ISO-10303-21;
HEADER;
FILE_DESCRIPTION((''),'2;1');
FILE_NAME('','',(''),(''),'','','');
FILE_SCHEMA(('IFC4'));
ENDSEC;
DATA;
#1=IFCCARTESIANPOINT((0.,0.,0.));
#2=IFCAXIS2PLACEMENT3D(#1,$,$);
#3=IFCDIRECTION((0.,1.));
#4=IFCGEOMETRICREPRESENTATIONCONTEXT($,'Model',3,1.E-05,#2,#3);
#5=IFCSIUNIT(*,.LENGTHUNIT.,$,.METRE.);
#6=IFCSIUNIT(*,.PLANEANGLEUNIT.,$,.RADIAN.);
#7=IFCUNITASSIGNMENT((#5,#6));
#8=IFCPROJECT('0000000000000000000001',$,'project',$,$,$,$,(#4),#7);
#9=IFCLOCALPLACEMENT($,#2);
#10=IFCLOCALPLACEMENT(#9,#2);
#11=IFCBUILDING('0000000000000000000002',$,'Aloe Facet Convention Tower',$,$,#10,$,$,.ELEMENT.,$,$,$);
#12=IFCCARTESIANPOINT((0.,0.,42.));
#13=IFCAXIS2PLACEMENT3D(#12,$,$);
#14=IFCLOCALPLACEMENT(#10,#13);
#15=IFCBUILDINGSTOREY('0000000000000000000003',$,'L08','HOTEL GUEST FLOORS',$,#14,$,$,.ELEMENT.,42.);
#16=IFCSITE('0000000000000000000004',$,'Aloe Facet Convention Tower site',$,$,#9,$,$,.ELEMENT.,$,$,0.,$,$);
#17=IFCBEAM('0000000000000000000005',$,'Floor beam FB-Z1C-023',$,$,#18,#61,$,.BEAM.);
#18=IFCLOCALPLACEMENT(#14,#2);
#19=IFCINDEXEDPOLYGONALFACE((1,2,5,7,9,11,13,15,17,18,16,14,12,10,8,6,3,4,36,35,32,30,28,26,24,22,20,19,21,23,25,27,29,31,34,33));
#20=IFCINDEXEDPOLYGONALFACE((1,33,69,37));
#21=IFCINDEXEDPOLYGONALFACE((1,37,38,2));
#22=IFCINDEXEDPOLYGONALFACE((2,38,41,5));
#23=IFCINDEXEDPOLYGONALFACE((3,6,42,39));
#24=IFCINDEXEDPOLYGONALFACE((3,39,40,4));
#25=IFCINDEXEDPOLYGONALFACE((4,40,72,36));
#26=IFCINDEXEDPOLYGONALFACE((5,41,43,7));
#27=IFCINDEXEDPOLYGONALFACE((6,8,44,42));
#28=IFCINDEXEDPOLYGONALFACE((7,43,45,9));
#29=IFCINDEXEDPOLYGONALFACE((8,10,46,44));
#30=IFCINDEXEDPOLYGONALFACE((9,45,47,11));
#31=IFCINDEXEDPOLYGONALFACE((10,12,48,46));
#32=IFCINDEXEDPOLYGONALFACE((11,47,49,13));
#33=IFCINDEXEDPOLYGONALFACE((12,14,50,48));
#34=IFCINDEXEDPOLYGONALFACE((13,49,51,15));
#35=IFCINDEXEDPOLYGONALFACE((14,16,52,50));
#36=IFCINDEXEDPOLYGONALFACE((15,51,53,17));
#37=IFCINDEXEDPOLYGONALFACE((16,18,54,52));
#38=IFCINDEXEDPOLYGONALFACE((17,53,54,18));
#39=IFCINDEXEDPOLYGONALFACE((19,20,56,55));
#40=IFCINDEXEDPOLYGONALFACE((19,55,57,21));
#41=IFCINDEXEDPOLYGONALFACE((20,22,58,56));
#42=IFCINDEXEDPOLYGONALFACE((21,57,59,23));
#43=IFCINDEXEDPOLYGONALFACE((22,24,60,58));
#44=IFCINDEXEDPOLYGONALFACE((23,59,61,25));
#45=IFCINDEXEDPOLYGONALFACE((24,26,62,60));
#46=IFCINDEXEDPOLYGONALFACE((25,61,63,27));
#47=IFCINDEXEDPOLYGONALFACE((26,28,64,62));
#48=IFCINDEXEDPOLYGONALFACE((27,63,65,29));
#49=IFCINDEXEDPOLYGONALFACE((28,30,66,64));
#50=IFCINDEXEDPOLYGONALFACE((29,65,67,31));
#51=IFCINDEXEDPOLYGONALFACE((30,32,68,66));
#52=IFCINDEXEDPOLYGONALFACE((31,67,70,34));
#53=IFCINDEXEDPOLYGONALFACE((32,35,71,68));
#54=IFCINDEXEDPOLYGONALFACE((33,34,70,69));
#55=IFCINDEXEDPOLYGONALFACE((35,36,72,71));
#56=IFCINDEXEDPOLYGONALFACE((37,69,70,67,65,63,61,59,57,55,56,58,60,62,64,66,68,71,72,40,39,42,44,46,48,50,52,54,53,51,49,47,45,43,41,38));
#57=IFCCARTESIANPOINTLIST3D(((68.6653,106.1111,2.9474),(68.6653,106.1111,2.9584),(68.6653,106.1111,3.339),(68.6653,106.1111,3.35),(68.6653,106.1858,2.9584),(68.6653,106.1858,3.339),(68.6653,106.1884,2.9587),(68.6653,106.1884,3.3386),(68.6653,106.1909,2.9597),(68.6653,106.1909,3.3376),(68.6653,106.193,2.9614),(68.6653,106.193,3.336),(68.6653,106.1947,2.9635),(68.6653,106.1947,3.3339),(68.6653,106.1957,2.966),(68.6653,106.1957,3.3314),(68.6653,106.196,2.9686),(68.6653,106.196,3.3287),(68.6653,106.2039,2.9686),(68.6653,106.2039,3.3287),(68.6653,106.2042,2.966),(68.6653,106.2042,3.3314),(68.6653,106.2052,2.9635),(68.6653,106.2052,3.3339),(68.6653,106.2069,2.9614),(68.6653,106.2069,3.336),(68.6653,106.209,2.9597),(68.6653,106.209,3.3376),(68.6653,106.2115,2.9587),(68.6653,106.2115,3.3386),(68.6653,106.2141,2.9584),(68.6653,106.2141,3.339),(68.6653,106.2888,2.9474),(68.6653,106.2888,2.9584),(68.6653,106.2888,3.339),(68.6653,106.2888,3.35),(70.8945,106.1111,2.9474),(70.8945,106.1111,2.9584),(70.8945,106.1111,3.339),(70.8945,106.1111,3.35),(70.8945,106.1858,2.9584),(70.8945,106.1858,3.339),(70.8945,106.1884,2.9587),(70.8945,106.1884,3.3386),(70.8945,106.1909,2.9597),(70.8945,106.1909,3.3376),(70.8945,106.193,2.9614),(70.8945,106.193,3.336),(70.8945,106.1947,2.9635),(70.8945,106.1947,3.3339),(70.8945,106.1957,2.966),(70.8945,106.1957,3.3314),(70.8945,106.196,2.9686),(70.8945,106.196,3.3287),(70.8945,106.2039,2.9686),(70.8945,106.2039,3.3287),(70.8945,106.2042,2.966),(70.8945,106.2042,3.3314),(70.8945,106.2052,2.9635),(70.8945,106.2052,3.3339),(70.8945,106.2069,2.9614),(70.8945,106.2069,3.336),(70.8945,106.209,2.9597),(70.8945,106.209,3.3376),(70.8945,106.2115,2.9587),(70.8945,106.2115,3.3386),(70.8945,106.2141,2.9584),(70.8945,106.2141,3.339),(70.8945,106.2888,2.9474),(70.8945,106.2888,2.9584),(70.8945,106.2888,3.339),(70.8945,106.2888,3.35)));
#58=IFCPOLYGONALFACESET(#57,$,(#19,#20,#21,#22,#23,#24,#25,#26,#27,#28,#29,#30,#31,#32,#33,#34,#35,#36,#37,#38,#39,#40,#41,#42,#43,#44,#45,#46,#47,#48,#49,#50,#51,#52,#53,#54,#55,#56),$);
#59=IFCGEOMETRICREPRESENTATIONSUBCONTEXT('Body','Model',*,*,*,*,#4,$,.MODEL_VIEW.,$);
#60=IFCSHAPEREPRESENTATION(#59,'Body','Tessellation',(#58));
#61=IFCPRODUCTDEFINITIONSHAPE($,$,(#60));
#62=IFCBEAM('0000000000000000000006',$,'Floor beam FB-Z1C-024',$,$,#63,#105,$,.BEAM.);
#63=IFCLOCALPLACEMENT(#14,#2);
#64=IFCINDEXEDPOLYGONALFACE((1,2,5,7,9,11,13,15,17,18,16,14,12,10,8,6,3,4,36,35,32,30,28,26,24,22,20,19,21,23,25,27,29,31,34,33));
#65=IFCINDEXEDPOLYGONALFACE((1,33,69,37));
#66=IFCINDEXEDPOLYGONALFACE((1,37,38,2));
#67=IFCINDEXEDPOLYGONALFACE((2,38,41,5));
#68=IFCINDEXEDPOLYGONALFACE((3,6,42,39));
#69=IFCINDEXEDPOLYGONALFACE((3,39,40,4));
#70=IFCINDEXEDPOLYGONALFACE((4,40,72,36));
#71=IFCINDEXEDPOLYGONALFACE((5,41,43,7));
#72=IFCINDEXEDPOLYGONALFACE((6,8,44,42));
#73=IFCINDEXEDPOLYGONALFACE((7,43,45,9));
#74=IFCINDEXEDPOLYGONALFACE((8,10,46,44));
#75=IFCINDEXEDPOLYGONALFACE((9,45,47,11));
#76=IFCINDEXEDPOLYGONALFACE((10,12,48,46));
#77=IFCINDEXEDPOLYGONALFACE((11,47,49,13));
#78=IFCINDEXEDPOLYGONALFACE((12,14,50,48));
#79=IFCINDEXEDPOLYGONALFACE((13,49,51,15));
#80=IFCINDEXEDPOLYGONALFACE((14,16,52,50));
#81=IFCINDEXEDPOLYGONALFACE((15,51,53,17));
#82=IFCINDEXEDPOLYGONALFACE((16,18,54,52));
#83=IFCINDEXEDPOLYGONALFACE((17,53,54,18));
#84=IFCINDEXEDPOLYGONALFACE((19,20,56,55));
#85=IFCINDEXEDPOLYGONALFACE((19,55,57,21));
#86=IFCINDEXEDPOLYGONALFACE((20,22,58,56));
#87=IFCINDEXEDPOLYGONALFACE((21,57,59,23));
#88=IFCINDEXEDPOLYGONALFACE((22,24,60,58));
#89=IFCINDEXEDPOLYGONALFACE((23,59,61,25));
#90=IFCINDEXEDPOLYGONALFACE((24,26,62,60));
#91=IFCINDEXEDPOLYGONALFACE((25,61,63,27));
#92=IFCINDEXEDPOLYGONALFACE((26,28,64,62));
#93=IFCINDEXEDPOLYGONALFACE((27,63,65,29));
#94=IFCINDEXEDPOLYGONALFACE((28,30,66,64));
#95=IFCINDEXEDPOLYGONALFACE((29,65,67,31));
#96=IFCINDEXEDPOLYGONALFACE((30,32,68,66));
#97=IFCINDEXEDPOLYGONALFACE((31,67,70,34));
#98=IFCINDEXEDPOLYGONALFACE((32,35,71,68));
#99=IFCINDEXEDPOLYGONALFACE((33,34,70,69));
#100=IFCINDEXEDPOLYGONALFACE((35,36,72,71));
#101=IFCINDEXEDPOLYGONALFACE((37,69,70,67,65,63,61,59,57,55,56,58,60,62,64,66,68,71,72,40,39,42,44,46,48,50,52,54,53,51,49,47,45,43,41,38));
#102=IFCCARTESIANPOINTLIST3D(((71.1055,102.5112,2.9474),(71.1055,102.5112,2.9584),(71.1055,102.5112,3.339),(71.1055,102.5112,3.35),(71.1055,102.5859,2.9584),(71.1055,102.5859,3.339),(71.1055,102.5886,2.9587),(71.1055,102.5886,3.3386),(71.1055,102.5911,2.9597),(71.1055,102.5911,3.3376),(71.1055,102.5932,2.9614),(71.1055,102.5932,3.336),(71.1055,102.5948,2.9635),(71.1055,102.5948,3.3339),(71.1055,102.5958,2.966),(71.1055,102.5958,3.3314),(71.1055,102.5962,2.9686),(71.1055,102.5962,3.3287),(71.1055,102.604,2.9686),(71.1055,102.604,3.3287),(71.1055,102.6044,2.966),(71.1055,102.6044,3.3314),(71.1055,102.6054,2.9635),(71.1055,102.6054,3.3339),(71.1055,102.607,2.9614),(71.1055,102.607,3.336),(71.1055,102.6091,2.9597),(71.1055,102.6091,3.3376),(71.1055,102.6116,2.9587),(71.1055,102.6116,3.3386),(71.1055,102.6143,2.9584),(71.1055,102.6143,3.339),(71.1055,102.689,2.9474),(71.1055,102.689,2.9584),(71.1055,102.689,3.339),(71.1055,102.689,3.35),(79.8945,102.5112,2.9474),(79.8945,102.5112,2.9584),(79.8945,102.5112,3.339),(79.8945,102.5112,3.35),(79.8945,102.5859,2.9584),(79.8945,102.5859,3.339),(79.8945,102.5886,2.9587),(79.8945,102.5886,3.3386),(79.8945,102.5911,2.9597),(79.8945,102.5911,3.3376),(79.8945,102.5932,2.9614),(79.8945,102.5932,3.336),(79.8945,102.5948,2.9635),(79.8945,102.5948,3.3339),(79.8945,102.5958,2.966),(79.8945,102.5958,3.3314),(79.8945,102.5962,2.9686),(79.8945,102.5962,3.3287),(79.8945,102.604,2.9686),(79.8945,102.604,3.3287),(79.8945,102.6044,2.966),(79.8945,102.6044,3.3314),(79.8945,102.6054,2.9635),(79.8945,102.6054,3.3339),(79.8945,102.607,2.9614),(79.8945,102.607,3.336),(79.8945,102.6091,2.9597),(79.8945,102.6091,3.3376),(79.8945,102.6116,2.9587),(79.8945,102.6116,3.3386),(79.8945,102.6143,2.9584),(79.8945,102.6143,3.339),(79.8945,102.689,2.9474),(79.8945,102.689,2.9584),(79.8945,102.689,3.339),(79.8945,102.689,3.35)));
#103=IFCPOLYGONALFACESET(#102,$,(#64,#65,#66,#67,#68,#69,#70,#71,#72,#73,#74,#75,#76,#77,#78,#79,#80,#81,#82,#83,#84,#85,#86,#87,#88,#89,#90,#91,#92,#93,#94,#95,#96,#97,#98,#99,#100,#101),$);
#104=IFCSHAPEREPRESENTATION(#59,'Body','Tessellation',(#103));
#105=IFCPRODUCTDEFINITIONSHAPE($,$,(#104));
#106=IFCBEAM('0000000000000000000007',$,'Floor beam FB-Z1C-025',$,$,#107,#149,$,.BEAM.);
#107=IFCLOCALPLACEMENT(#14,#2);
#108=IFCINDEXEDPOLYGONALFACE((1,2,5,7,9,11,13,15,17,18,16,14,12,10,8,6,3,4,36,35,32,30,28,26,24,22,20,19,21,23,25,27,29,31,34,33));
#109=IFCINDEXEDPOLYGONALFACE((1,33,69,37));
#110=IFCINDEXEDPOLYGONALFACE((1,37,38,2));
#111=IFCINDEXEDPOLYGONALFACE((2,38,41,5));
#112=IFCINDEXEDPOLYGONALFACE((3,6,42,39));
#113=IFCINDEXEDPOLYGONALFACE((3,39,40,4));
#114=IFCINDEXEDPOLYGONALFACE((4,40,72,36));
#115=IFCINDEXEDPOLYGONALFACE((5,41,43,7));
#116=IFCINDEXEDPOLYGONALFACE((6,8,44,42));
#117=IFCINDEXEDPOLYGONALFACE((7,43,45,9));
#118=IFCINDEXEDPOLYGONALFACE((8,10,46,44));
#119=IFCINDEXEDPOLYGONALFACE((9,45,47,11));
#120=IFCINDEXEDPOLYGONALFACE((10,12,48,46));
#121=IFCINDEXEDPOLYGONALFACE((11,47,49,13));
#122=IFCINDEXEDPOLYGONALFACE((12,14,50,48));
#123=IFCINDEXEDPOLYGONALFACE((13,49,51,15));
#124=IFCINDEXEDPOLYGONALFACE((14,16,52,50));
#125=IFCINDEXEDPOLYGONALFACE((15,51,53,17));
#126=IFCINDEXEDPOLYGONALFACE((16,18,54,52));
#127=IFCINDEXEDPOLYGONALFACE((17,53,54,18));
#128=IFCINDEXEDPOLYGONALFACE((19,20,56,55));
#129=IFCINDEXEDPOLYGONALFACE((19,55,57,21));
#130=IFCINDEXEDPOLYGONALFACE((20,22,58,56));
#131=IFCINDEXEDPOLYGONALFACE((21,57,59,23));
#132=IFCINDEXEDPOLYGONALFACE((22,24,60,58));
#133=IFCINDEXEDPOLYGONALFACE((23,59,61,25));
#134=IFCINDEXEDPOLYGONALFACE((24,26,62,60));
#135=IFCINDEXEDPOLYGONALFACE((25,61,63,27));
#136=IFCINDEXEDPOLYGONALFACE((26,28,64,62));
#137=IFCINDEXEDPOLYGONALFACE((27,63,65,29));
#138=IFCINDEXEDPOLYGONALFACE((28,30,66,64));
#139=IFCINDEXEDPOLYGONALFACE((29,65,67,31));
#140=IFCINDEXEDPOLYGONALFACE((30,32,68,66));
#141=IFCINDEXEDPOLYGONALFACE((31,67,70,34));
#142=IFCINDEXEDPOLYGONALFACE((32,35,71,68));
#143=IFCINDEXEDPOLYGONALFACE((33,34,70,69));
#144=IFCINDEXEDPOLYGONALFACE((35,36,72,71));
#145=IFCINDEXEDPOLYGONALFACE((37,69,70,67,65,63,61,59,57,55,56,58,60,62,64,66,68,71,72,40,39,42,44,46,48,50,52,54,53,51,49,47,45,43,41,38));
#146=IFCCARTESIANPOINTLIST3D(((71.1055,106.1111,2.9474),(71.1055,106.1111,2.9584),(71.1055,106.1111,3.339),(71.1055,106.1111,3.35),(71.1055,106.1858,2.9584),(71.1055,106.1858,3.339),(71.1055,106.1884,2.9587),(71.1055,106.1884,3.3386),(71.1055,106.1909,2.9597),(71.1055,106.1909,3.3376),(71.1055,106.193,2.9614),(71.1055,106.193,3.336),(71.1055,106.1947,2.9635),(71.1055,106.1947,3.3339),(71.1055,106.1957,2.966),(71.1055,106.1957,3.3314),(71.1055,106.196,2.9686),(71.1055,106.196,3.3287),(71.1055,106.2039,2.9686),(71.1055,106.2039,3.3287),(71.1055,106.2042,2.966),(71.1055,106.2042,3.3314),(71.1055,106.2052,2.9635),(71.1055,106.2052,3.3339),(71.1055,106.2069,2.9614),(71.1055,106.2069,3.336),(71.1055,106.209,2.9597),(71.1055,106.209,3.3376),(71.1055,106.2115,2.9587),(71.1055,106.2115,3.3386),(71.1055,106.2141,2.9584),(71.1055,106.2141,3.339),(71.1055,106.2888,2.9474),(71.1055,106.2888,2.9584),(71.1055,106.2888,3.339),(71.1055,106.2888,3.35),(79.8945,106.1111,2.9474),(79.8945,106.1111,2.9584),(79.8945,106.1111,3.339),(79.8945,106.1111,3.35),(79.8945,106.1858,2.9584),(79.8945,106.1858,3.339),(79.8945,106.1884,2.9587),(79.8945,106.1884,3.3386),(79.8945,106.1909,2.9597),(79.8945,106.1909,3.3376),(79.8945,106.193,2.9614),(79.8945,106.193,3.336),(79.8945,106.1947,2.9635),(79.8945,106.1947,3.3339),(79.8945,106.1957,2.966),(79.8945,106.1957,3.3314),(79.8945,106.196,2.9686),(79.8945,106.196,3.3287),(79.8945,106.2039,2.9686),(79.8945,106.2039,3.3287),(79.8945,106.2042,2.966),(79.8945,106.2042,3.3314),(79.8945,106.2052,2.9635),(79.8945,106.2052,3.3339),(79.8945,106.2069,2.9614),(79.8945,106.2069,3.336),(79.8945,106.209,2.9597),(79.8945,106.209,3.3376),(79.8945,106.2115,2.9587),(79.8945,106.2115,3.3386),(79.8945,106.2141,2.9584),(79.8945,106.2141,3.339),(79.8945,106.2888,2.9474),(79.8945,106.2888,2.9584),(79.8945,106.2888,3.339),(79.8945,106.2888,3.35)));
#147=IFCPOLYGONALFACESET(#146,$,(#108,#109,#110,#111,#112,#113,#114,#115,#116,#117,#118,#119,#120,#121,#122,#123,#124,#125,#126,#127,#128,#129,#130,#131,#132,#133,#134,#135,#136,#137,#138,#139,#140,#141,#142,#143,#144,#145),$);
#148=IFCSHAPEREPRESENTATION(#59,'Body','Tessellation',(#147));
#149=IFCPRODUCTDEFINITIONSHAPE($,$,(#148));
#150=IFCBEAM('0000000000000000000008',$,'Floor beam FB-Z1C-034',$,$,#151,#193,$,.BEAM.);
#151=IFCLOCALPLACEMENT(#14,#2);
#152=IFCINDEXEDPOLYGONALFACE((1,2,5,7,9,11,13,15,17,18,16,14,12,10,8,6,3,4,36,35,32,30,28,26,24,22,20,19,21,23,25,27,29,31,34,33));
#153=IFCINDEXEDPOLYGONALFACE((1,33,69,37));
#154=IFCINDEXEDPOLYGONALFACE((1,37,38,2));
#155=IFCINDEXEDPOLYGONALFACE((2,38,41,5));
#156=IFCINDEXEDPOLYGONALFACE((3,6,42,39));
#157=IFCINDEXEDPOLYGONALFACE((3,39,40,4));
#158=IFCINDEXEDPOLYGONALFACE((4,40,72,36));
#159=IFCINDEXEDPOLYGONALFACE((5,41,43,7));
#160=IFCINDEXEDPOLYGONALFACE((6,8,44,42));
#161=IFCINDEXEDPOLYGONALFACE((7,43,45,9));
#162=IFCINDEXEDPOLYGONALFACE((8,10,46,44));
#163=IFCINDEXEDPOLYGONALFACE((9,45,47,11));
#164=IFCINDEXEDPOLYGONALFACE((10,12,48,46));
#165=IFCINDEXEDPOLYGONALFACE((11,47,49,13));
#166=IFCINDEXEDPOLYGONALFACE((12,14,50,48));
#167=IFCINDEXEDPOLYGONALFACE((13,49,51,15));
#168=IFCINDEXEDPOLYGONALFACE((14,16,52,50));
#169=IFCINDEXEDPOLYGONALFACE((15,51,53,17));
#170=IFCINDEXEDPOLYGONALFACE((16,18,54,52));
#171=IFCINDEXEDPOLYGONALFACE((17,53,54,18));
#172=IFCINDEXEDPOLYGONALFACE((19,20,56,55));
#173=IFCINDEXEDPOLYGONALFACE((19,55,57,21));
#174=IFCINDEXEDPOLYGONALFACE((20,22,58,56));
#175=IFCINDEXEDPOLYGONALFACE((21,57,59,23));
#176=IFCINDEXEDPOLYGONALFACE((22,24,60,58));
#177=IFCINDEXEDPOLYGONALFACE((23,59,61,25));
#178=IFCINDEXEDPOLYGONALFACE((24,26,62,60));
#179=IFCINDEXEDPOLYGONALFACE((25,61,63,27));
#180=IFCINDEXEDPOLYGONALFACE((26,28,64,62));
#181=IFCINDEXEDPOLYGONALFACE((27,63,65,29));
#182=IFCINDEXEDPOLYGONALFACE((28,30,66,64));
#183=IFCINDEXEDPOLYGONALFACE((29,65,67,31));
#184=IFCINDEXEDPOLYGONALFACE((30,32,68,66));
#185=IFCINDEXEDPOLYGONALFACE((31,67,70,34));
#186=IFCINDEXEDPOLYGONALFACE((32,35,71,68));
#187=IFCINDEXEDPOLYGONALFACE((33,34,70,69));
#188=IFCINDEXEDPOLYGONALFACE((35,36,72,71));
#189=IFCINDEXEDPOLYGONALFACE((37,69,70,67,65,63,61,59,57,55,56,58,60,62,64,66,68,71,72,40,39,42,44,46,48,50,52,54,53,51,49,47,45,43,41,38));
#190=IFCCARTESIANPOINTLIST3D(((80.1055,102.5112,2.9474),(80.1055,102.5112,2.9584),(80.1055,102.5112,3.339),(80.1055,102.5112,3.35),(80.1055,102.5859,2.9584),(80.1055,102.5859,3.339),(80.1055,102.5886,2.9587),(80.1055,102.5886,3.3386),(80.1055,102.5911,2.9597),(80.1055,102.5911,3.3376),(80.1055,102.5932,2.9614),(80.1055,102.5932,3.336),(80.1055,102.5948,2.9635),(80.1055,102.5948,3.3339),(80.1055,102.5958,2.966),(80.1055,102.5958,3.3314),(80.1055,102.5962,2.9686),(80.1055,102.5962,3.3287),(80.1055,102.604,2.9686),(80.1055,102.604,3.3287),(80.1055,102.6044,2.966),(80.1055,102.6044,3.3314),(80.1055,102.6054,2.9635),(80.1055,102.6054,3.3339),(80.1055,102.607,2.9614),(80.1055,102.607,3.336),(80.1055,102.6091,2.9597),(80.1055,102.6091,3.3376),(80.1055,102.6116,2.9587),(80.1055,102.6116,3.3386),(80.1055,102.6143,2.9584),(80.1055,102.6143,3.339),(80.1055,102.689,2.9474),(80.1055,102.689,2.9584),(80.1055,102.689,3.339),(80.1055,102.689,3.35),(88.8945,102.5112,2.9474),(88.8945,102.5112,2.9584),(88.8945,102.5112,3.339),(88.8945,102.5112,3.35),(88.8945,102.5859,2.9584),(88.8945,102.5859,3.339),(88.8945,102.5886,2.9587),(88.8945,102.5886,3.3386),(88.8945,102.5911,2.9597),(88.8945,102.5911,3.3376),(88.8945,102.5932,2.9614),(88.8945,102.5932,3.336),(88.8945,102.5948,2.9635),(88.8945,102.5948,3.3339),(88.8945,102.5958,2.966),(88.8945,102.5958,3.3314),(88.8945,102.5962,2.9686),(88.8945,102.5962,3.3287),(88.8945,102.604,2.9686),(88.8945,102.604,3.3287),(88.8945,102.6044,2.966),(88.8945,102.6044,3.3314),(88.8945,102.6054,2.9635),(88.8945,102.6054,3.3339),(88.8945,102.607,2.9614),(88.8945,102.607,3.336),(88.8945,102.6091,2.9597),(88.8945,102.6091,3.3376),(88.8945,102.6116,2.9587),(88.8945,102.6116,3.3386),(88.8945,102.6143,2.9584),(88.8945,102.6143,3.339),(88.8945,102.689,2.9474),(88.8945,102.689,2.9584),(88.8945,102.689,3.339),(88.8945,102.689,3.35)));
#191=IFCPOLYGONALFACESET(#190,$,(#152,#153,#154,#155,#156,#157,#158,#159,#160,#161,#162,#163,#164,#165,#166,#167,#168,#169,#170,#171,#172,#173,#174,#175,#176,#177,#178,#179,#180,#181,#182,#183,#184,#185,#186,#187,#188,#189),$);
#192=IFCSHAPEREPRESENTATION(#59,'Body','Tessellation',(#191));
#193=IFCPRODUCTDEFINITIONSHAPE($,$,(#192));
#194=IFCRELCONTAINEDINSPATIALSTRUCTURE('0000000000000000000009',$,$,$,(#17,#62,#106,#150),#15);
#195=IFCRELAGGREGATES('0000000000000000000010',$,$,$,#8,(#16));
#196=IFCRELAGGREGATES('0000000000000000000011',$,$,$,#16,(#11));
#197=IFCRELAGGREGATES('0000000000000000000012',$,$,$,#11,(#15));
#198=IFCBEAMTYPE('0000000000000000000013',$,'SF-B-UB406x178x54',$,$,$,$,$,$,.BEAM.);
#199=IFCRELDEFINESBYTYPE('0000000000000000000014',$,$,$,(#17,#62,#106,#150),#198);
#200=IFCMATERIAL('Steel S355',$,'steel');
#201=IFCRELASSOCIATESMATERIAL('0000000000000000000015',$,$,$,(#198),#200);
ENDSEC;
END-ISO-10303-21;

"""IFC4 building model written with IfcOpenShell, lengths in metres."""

from ifc_helpers import new_model, si_unit, direction, frame, origin, origin_2d, place, context, subcontext, project, spatial, i_section, extrude, material, material_profile, profile_set, type_object, element, save


model = new_model("IFC4")

# Units and contexts
model_context = context("Model", 3, precision=1e-05, world=origin(), true_north=direction((0.0, 1.0)))
body_context = subcontext(model_context, "Body", "Model", "MODEL_VIEW")
ifc_project = project(units=[si_unit("LENGTHUNIT", "METRE"), si_unit("PLANEANGLEUNIT", "RADIAN")], contexts=[model_context])

# Site, building, storey
site_placement = place(None, origin())
site = spatial("IfcSite", under=ifc_project, at=site_placement, Name="Aloe Facet Convention Tower site", CompositionType="ELEMENT", RefElevation=0.0)
building_placement = place(site_placement, origin())
building = spatial("IfcBuilding", under=site, at=building_placement, Name="Aloe Facet Convention Tower", CompositionType="ELEMENT")
storey_placement = place(building_placement, frame((0.0, 0.0, 42.0)))
storey = spatial("IfcBuildingStorey", under=building, at=storey_placement, Name="L08", Description="HOTEL GUEST FLOORS", CompositionType="ELEMENT", Elevation=42.0)

# Beams
ifc_material_1 = material(Name="Steel S355", Category="steel")
ifc_material_profile_1 = material_profile(ifc_material_1, i_section(OverallWidth=0.1777, OverallDepth=0.4026, WebThickness=0.0078, FlangeThickness=0.011, FilletRadius=0.0103, at=origin_2d()), Name="UB 406x178x54")
ifc_profile_set_1 = profile_set([ifc_material_profile_1], Name="Steel S355")
beam_type_1 = type_object("IfcBeamType", Name="SF-B-UB406x178x54", PredefinedType="BEAM", material=ifc_profile_set_1)
beam_1_placement = place(storey_placement, frame((68.6653, 106.2, 3.1487), z_axis=(1.0, 0.0, 0.0), x_axis=(0.0, 1.0, 0.0)))
element("IfcBeam", 1, at=beam_1_placement, inside=storey, type_object=beam_type_1, Name="Floor beam FB-Z1C-023", PredefinedType="BEAM", context=body_context, shape_type="SweptSolid", body=[
    extrude(i_section(OverallWidth=0.1777, OverallDepth=0.4026, WebThickness=0.0078, FlangeThickness=0.011, FilletRadius=0.0103, at=origin_2d()), origin(), (0.0, 0.0, 1.0), 2.2292),
])
for number, where, z_axis, x_axis, name in (
    (2, (71.1055, 102.6001, 3.1487), (1.0, 0.0, 0.0), (0.0, 1.0, 0.0), "Floor beam FB-Z1C-024"),
    (3, (71.1055, 106.2, 3.1487), (1.0, 0.0, 0.0), (0.0, 1.0, 0.0), "Floor beam FB-Z1C-025"),
    (4, (80.1055, 102.6001, 3.1487), (1.0, 0.0, 0.0), (0.0, 1.0, 0.0), "Floor beam FB-Z1C-034"),
):
    element("IfcBeam", number, at=place(storey_placement, frame(where, z_axis=z_axis, x_axis=x_axis)), inside=storey, type_object=beam_type_1, Name=name, PredefinedType="BEAM", context=body_context, shape_type="SweptSolid", body=[
        extrude(i_section(OverallWidth=0.1777, OverallDepth=0.4026, WebThickness=0.0078, FlangeThickness=0.011, FilletRadius=0.0103, at=origin_2d()), origin(), (0.0, 0.0, 1.0), 8.7891),
    ])

save(model, "model.ifc")
